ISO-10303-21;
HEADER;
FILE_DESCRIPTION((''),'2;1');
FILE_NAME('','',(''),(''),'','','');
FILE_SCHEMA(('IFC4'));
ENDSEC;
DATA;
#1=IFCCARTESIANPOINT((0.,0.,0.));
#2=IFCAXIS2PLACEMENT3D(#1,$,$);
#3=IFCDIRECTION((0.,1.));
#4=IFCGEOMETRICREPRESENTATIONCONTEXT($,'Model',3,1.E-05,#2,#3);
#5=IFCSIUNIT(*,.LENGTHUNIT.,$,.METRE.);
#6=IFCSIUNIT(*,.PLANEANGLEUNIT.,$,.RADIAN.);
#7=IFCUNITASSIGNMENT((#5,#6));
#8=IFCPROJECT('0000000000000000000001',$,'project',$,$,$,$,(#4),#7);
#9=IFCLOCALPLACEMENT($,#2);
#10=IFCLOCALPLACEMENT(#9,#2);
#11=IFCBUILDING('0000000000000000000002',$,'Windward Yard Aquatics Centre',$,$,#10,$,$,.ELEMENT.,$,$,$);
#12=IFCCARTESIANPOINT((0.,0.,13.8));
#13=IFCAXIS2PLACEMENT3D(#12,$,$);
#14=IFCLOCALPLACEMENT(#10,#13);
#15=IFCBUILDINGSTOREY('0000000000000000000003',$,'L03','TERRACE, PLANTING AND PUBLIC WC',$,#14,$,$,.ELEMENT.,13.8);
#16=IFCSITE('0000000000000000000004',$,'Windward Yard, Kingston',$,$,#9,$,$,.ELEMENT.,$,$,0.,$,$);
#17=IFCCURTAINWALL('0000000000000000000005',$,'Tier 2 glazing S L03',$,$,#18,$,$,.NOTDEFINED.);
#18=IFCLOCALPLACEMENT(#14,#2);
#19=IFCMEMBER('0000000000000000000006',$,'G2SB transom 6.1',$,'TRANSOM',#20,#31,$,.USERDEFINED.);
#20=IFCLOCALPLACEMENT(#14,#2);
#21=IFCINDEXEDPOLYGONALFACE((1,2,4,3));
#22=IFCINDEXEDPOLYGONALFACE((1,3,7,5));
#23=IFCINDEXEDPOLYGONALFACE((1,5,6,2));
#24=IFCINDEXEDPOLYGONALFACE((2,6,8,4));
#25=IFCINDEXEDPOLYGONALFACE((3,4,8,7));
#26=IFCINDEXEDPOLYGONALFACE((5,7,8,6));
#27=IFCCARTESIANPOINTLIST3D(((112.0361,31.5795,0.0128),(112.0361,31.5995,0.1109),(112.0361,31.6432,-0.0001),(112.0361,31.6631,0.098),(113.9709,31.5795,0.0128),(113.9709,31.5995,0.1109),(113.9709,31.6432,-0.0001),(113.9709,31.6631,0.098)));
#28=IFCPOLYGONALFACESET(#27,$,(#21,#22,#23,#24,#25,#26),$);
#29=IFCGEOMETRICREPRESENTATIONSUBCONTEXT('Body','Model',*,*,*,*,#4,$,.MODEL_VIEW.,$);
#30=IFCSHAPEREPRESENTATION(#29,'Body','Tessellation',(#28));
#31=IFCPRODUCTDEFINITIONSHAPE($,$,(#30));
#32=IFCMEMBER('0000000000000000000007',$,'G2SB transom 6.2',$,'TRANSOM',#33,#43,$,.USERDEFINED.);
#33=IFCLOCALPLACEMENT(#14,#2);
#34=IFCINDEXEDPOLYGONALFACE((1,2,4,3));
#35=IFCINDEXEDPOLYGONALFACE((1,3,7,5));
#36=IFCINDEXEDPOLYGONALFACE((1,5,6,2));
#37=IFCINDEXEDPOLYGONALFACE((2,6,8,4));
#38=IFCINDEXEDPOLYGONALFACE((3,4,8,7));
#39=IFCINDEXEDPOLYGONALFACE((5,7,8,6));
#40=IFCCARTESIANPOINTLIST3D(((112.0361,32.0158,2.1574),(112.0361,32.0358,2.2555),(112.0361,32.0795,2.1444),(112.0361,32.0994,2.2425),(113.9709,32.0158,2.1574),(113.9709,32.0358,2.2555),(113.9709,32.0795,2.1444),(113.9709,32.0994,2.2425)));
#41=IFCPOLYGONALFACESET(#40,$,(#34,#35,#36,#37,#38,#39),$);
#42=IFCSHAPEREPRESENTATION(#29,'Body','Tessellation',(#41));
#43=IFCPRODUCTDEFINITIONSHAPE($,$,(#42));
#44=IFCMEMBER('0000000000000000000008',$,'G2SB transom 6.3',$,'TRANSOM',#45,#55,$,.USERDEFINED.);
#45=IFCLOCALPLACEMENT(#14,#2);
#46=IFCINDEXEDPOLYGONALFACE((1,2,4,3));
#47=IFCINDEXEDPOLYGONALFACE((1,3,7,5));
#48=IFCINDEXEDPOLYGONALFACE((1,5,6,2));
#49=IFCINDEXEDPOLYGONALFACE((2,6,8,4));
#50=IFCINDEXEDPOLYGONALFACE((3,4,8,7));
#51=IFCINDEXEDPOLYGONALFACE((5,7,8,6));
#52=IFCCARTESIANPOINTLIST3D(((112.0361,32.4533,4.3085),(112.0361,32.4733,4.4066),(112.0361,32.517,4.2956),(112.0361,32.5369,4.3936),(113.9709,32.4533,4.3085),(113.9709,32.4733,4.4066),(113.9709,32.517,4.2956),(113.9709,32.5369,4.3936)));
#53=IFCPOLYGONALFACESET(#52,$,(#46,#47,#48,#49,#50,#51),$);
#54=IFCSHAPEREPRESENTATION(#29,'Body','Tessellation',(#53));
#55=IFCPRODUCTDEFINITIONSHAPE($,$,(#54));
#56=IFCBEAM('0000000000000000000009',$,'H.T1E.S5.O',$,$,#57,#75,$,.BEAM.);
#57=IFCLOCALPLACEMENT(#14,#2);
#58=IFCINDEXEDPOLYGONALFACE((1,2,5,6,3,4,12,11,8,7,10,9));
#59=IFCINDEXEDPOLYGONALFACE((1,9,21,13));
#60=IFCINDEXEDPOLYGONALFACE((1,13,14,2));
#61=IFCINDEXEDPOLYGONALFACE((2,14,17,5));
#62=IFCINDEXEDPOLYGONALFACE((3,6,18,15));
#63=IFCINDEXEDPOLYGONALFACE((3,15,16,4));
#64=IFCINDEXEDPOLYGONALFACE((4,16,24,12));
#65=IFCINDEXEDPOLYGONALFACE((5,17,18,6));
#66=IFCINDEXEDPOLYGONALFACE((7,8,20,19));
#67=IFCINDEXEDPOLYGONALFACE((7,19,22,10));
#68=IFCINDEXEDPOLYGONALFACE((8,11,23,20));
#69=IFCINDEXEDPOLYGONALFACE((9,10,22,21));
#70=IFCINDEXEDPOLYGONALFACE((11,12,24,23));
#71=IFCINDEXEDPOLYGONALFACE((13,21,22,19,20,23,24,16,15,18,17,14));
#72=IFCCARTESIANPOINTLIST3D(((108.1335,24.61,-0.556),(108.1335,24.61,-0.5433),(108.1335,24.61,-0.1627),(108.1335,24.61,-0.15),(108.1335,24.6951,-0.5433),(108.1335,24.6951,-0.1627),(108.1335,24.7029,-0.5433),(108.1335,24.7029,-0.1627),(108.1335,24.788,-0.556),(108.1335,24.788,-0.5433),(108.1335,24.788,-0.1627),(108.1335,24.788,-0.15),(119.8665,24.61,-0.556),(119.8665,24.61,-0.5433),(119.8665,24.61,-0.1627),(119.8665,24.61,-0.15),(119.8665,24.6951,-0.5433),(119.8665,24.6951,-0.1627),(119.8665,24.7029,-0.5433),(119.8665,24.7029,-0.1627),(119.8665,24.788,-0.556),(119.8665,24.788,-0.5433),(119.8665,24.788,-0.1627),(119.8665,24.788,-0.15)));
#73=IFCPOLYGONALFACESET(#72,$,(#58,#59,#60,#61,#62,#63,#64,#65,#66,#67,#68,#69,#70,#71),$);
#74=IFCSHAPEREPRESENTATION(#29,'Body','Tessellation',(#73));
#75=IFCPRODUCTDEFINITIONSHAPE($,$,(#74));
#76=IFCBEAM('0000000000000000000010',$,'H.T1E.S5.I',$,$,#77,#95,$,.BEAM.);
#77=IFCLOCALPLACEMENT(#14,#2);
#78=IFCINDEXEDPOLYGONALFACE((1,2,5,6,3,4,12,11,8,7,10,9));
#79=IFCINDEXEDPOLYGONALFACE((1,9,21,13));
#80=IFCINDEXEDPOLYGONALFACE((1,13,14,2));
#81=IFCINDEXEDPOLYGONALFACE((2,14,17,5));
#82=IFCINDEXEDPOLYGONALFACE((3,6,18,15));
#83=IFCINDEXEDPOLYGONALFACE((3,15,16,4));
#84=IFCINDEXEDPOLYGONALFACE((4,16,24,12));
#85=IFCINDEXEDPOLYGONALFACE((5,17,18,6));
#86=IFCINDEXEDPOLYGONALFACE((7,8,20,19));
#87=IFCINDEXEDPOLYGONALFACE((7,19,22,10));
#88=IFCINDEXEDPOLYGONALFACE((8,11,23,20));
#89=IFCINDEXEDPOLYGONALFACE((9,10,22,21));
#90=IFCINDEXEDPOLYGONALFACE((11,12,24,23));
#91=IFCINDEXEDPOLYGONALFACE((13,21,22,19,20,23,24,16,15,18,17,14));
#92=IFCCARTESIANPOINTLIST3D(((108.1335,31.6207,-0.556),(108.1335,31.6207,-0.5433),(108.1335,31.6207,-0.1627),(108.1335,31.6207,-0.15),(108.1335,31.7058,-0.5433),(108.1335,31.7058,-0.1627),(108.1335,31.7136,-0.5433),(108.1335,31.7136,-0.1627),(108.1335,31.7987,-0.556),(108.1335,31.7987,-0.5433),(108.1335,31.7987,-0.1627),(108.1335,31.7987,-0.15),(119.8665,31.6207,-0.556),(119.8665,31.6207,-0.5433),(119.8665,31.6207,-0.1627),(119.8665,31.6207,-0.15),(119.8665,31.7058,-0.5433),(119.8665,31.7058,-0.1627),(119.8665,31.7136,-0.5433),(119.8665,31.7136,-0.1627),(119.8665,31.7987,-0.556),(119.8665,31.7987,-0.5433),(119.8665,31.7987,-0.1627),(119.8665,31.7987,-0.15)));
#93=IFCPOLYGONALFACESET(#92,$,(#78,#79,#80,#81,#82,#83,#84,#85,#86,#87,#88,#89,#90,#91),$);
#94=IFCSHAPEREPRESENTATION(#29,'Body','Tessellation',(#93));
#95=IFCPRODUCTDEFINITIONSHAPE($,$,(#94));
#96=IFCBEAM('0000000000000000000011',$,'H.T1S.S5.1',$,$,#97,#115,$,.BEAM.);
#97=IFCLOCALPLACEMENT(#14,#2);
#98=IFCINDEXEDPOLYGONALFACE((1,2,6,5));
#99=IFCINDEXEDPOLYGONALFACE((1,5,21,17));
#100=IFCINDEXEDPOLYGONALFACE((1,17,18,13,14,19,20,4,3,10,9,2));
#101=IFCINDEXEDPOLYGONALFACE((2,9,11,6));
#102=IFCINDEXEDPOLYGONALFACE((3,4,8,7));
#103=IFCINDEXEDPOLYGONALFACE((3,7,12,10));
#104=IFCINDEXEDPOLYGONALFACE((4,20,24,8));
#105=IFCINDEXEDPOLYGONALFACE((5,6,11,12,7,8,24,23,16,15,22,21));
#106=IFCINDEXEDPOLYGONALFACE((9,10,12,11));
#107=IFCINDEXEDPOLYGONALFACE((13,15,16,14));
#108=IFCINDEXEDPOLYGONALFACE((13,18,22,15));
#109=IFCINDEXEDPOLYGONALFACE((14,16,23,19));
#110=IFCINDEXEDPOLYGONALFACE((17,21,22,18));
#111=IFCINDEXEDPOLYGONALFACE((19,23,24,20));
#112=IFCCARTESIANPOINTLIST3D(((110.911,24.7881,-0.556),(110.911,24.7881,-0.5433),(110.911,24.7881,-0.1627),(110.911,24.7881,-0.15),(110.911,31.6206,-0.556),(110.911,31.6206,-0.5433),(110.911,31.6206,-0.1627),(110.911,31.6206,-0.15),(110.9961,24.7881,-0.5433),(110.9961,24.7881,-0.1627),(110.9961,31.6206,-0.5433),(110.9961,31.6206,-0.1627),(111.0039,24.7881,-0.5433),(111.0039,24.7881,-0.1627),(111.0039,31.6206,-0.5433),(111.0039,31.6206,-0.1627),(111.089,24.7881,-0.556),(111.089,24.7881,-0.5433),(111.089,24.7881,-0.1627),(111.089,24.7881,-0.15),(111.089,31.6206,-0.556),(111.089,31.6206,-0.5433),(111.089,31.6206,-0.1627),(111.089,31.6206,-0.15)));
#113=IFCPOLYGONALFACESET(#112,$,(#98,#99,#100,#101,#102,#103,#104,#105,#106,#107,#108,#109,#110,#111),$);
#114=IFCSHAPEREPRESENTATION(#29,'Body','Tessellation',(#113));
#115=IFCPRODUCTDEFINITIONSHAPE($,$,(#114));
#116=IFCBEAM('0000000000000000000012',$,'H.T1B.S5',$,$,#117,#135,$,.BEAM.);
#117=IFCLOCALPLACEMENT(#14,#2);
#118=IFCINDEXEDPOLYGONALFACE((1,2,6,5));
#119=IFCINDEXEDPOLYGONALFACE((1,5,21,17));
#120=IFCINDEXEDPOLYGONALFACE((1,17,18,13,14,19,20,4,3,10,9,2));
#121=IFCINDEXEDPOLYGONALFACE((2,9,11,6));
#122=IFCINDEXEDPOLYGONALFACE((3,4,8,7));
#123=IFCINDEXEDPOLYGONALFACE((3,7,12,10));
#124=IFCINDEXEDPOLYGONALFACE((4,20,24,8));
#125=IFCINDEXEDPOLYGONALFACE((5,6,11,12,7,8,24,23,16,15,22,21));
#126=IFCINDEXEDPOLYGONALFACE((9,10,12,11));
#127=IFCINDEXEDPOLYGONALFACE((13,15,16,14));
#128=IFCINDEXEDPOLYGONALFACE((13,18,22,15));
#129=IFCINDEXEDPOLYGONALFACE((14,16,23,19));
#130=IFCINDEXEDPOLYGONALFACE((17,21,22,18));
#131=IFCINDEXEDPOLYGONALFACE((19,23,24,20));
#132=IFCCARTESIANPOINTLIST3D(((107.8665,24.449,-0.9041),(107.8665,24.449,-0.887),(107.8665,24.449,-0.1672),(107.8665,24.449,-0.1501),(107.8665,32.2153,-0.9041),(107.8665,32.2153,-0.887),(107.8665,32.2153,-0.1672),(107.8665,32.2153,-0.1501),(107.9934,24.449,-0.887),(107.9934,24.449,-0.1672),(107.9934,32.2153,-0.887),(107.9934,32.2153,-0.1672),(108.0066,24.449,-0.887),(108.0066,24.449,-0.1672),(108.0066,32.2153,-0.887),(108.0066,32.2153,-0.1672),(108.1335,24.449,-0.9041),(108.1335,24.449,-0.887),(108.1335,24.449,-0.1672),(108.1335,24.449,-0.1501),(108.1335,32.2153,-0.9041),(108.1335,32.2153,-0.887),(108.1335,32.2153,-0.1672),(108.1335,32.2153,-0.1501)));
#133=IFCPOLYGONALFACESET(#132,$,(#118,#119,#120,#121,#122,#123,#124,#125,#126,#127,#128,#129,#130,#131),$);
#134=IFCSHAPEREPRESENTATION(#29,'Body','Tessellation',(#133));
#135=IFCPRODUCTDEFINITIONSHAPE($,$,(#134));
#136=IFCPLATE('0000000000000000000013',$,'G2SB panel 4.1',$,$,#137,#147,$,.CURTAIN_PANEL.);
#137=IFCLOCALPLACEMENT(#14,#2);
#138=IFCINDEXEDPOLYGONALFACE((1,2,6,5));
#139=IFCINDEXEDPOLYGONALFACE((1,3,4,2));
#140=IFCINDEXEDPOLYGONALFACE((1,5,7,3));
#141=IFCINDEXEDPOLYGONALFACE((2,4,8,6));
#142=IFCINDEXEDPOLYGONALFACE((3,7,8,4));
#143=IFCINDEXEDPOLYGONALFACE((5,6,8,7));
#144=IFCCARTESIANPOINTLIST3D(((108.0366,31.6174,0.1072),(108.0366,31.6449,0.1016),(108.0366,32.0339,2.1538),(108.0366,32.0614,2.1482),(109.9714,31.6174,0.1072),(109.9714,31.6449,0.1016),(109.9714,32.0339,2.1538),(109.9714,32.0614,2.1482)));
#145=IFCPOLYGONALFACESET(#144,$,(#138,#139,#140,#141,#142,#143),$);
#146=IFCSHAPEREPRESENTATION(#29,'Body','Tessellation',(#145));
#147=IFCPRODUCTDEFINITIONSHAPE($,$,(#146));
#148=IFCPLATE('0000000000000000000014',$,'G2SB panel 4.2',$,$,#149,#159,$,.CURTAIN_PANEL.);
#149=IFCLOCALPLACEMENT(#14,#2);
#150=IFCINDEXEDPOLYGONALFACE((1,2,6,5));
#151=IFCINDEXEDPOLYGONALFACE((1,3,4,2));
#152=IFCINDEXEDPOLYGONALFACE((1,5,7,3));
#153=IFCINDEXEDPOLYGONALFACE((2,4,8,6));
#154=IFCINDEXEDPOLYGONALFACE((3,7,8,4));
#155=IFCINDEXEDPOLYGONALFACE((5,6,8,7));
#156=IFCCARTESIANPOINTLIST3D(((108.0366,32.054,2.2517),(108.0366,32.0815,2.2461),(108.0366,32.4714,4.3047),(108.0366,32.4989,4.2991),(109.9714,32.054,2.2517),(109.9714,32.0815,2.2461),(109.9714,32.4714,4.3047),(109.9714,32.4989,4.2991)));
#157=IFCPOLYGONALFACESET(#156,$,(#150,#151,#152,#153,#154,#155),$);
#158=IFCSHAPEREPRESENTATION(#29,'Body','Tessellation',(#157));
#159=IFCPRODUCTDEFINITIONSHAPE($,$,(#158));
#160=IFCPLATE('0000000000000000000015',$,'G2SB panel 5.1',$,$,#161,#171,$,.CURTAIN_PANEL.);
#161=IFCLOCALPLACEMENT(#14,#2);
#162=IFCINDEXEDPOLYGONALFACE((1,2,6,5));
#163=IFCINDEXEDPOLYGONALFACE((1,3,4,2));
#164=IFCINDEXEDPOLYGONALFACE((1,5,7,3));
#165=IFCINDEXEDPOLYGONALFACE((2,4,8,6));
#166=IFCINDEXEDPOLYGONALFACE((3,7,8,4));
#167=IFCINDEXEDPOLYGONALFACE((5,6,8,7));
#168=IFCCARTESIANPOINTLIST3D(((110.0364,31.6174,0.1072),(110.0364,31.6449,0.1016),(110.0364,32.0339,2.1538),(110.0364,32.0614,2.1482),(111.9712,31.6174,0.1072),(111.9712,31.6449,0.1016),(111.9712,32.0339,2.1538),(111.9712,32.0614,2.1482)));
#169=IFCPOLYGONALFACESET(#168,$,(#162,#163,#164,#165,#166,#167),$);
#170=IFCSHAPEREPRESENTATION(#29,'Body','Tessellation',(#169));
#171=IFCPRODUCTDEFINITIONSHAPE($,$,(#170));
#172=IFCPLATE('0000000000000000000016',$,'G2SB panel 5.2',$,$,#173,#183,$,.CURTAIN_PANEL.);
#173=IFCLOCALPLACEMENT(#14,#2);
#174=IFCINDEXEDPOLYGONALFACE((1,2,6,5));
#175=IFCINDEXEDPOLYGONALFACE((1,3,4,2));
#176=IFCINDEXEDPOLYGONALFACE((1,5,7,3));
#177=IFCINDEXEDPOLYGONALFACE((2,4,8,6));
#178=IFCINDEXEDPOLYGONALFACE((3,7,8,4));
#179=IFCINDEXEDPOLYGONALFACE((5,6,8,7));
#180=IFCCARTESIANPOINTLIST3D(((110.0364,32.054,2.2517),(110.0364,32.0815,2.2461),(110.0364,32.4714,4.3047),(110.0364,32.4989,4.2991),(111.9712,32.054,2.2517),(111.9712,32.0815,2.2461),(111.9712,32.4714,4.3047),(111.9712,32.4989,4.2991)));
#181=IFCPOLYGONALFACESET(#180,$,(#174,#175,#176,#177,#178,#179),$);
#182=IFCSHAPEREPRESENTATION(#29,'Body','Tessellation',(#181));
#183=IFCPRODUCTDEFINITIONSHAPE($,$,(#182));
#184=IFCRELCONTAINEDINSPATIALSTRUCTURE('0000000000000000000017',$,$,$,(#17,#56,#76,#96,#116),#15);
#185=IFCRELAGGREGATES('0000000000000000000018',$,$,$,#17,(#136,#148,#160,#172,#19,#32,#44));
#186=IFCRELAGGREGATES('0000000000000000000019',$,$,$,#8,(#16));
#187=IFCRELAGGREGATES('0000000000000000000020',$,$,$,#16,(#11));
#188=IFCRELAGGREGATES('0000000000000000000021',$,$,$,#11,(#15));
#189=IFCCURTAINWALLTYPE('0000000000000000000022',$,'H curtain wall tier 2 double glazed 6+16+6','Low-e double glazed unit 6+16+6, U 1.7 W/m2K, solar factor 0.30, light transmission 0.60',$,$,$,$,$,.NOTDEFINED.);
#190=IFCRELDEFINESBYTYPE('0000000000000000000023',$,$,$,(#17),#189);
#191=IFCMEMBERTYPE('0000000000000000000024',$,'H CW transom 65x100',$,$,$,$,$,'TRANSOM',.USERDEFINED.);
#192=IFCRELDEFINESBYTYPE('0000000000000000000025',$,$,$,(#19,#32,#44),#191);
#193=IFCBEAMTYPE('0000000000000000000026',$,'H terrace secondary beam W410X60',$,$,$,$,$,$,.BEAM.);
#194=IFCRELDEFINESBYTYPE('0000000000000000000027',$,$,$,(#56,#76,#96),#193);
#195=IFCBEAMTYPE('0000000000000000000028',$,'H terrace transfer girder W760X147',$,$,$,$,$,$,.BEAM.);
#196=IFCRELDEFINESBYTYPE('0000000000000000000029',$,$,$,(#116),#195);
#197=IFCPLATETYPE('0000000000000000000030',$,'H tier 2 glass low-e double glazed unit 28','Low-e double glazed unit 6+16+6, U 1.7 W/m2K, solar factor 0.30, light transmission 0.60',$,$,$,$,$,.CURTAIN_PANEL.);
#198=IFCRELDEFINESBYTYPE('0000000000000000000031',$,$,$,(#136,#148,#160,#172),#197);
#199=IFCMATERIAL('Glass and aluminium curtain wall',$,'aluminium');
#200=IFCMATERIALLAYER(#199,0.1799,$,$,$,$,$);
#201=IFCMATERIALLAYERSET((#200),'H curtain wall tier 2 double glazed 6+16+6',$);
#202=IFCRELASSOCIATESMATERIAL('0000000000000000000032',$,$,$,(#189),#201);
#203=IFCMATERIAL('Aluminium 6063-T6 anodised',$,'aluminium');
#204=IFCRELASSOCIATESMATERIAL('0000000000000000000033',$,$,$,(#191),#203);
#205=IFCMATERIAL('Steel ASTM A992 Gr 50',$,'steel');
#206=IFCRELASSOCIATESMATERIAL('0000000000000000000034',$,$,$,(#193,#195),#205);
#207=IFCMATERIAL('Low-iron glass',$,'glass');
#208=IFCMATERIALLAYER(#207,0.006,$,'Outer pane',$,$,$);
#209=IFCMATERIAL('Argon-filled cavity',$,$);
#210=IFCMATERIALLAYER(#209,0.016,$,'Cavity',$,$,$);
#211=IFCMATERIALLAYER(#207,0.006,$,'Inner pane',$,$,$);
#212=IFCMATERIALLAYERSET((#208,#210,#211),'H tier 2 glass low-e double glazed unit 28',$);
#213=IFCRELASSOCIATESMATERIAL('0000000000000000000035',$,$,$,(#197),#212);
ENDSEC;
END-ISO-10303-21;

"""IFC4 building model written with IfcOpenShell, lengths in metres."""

from ifc_helpers import new_model, si_unit, direction, frame, origin, origin_2d, place, context, subcontext, project, spatial, polyline, rectangle, i_section, outline, extrude, material, layer, layer_set, material_profile, profile_set, type_object, element, aggregate, save


model = new_model("IFC4")

# Units and contexts
model_context = context("Model", 3, precision=1e-05, world=origin(), true_north=direction((0.0, 1.0)))
body_context = subcontext(model_context, "Body", "Model", "MODEL_VIEW")
ifc_project = project(units=[si_unit("LENGTHUNIT", "METRE"), si_unit("PLANEANGLEUNIT", "RADIAN")], contexts=[model_context])

# Site, building, storey
site_placement = place(None, origin())
site = spatial("IfcSite", under=ifc_project, at=site_placement, Name="Windward Yard, Kingston", CompositionType="ELEMENT", RefElevation=0.0)
building_placement = place(site_placement, origin())
building = spatial("IfcBuilding", under=site, at=building_placement, Name="Windward Yard Aquatics Centre", CompositionType="ELEMENT")
storey_placement = place(building_placement, frame((0.0, 0.0, 13.8)))
storey = spatial("IfcBuildingStorey", under=building, at=storey_placement, Name="L03", Description="TERRACE, PLANTING AND PUBLIC WC", CompositionType="ELEMENT", Elevation=13.8)

# Curtain wall, members
ifc_material_1 = material(Name="Glass and aluminium curtain wall", Category="aluminium")
ifc_layer_1 = layer(ifc_material_1, 0.1799)
ifc_layer_set_1 = layer_set([ifc_layer_1], Name="H curtain wall tier 2 double glazed 6+16+6")
curtain_wall_type = type_object("IfcCurtainWallType", Name="H curtain wall tier 2 double glazed 6+16+6", Description="Low-e double glazed unit 6+16+6, U 1.7 W/m2K, solar factor 0.30, light transmission 0.60", PredefinedType="NOTDEFINED", material=ifc_layer_set_1)
curtain_wall_placement = place(storey_placement, origin())
curtain_wall = element("IfcCurtainWall", 1, at=curtain_wall_placement, inside=storey, type_object=curtain_wall_type, Name="Tier 2 glazing S L03", PredefinedType="NOTDEFINED")
ifc_material_2 = material(Name="Aluminium 6063-T6 anodised", Category="aluminium")
ifc_material_profile_1 = material_profile(ifc_material_2, rectangle(XDim=0.0649, YDim=0.1001, at=origin_2d()), Name="H CW transom 65x100")
ifc_profile_set_1 = profile_set([ifc_material_profile_1], Name="Aluminium 6063-T6 anodised")
member_type_1 = type_object("IfcMemberType", Name="H CW transom 65x100", ElementType="TRANSOM", PredefinedType="USERDEFINED", material=ifc_profile_set_1)
member_1_placement = place(storey_placement, frame((112.0361, 31.6213, 0.0554), z_axis=(1.0, 0.0, 0.0), x_axis=(0.0, -0.979925, 0.199368)))
member_1 = element("IfcMember", 2, at=member_1_placement, type_object=member_type_1, Name="G2SB transom 6.1", ObjectType="TRANSOM", PredefinedType="USERDEFINED", context=body_context, shape_type="SweptSolid", body=[
    extrude(rectangle(XDim=0.0649, YDim=0.1001, at=origin_2d()), origin(), (0.0, 0.0, 1.0), 1.9348),
])
member_2_placement = place(storey_placement, frame((112.0361, 32.0576, 2.2), z_axis=(1.0, 0.0, 0.0), x_axis=(0.0, -0.979925, 0.199368)))
member_2 = element("IfcMember", 3, at=member_2_placement, type_object=member_type_1, Name="G2SB transom 6.2", ObjectType="TRANSOM", PredefinedType="USERDEFINED", context=body_context, shape_type="SweptSolid", body=[
    extrude(rectangle(XDim=0.0649, YDim=0.1001, at=origin_2d()), origin(), (0.0, 0.0, 1.0), 1.9348),
])
member_3_placement = place(storey_placement, frame((112.0361, 32.4951, 4.3511), z_axis=(1.0, 0.0, 0.0), x_axis=(0.0, -0.979925, 0.199368)))
member_3 = element("IfcMember", 4, at=member_3_placement, type_object=member_type_1, Name="G2SB transom 6.3", ObjectType="TRANSOM", PredefinedType="USERDEFINED", context=body_context, shape_type="SweptSolid", body=[
    extrude(rectangle(XDim=0.0649, YDim=0.1001, at=origin_2d()), origin(), (0.0, 0.0, 1.0), 1.9348),
])

# Beams
ifc_material_3 = material(Name="Steel ASTM A992 Gr 50", Category="steel")
ifc_material_profile_2 = material_profile(ifc_material_3, i_section(OverallWidth=0.178, OverallDepth=0.406, WebThickness=0.0078, FlangeThickness=0.0127, at=origin_2d()), Name="W410X60")
ifc_profile_set_2 = profile_set([ifc_material_profile_2], Name="Steel ASTM A992 Gr 50")
beam_type_1 = type_object("IfcBeamType", Name="H terrace secondary beam W410X60", PredefinedType="BEAM", material=ifc_profile_set_2)
for number, where, z_axis, x_axis, name in (
    (5, (108.1335, 24.699, -0.353), (1.0, 0.0, 0.0), (0.0, 1.0, 0.0), "H.T1E.S5.O"),
    (6, (108.1335, 31.7097, -0.353), (1.0, 0.0, 0.0), (0.0, 1.0, 0.0), "H.T1E.S5.I"),
):
    element("IfcBeam", number, at=place(storey_placement, frame(where, z_axis=z_axis, x_axis=x_axis)), inside=storey, type_object=beam_type_1, Name=name, PredefinedType="BEAM", context=body_context, shape_type="SweptSolid", body=[
        extrude(i_section(OverallWidth=0.178, OverallDepth=0.406, WebThickness=0.0078, FlangeThickness=0.0127, at=origin_2d()), origin(), (0.0, 0.0, 1.0), 11.7329),
    ])
beam_1_placement = place(storey_placement, frame((111.0, 24.7881, -0.353), z_axis=(0.0, 1.0, 0.0), x_axis=(-1.0, 0.0, 0.0)))
element("IfcBeam", 7, at=beam_1_placement, inside=storey, type_object=beam_type_1, Name="H.T1S.S5.1", PredefinedType="BEAM", context=body_context, shape_type="SweptSolid", body=[
    extrude(i_section(OverallWidth=0.178, OverallDepth=0.406, WebThickness=0.0078, FlangeThickness=0.0127, at=origin_2d()), origin(), (0.0, 0.0, 1.0), 6.8325),
])
ifc_material_profile_3 = material_profile(ifc_material_3, i_section(OverallWidth=0.2671, OverallDepth=0.7539, WebThickness=0.0132, FlangeThickness=0.0171, at=origin_2d()), Name="W760X147")
ifc_profile_set_3 = profile_set([ifc_material_profile_3], Name="Steel ASTM A992 Gr 50")
beam_type_2 = type_object("IfcBeamType", Name="H terrace transfer girder W760X147", PredefinedType="BEAM", material=ifc_profile_set_3)
beam_2_placement = place(storey_placement, frame((108.0, 24.449, -0.5271), z_axis=(0.0, 1.0, 0.0), x_axis=(-1.0, 0.0, 0.0)))
element("IfcBeam", 8, at=beam_2_placement, inside=storey, type_object=beam_type_2, Name="H.T1B.S5", PredefinedType="BEAM", context=body_context, shape_type="SweptSolid", body=[
    extrude(i_section(OverallWidth=0.2671, OverallDepth=0.7539, WebThickness=0.0132, FlangeThickness=0.0171, at=origin_2d()), origin(), (0.0, 0.0, 1.0), 7.7664),
])

# Plates
ifc_material_4 = material(Name="Low-iron glass", Category="glass")
ifc_layer_2 = layer(ifc_material_4, 0.006, Name="Outer pane")
ifc_material_5 = material(Name="Argon-filled cavity")
ifc_layer_3 = layer(ifc_material_5, 0.016, Name="Cavity")
ifc_layer_4 = layer(ifc_material_4, 0.006, Name="Inner pane")
ifc_layer_set_2 = layer_set([ifc_layer_2, ifc_layer_3, ifc_layer_4], Name="H tier 2 glass low-e double glazed unit 28")
plate_type = type_object("IfcPlateType", Name="H tier 2 glass low-e double glazed unit 28", Description="Low-e double glazed unit 6+16+6, U 1.7 W/m2K, solar factor 0.30, light transmission 0.60", PredefinedType="CURTAIN_PANEL", material=ifc_layer_set_2)
plate_1_placement = place(storey_placement, frame((108.0366, 31.6174, 0.1072), z_axis=(0.0, -0.979914, 0.199419), x_axis=(1.0, 0.0, 0.0)))
plate_1 = element("IfcPlate", 9, at=plate_1_placement, type_object=plate_type, Name="G2SB panel 4.1", PredefinedType="CURTAIN_PANEL", context=body_context, shape_type="SweptSolid", body=[
    extrude(outline(polyline([(0.0, 0.0), (1.9348, 0.0), (1.9348, 2.0886), (0.0, 2.0886), (0.0, 0.0)])), origin(), (0.0, 0.0, -1.0), 0.0281),
])
plate_2_placement = place(storey_placement, frame((108.0366, 32.054, 2.2517), z_axis=(0.0, -0.979944, 0.199275), x_axis=(1.0, 0.0, 0.0)))
plate_2 = element("IfcPlate", 10, at=plate_2_placement, type_object=plate_type, Name="G2SB panel 4.2", PredefinedType="CURTAIN_PANEL", context=body_context, shape_type="SweptSolid", body=[
    extrude(outline(polyline([(0.0, 0.0), (1.9348, 0.0), (1.9348, 2.095), (0.0, 2.095), (0.0, 0.0)])), origin(), (0.0, 0.0, -1.0), 0.0281),
])
plate_3_placement = place(storey_placement, frame((110.0364, 31.6174, 0.1072), z_axis=(0.0, -0.979914, 0.199419), x_axis=(1.0, 0.0, 0.0)))
plate_3 = element("IfcPlate", 11, at=plate_3_placement, type_object=plate_type, Name="G2SB panel 5.1", PredefinedType="CURTAIN_PANEL", context=body_context, shape_type="SweptSolid", body=[
    extrude(outline(polyline([(0.0, 0.0), (1.9348, 0.0), (1.9348, 2.0886), (0.0, 2.0886), (0.0, 0.0)])), origin(), (0.0, 0.0, -1.0), 0.0281),
])
plate_4_placement = place(storey_placement, frame((110.0364, 32.054, 2.2517), z_axis=(0.0, -0.979944, 0.199275), x_axis=(1.0, 0.0, 0.0)))
plate_4 = element("IfcPlate", 12, at=plate_4_placement, type_object=plate_type, Name="G2SB panel 5.2", PredefinedType="CURTAIN_PANEL", context=body_context, shape_type="SweptSolid", body=[
    extrude(outline(polyline([(0.0, 0.0), (1.9348, 0.0), (1.9348, 2.095), (0.0, 2.095), (0.0, 0.0)])), origin(), (0.0, 0.0, -1.0), 0.0281),
])
aggregate(curtain_wall, [plate_1, plate_2, plate_3, plate_4, member_1, member_2, member_3])

save(model, "model.ifc")
